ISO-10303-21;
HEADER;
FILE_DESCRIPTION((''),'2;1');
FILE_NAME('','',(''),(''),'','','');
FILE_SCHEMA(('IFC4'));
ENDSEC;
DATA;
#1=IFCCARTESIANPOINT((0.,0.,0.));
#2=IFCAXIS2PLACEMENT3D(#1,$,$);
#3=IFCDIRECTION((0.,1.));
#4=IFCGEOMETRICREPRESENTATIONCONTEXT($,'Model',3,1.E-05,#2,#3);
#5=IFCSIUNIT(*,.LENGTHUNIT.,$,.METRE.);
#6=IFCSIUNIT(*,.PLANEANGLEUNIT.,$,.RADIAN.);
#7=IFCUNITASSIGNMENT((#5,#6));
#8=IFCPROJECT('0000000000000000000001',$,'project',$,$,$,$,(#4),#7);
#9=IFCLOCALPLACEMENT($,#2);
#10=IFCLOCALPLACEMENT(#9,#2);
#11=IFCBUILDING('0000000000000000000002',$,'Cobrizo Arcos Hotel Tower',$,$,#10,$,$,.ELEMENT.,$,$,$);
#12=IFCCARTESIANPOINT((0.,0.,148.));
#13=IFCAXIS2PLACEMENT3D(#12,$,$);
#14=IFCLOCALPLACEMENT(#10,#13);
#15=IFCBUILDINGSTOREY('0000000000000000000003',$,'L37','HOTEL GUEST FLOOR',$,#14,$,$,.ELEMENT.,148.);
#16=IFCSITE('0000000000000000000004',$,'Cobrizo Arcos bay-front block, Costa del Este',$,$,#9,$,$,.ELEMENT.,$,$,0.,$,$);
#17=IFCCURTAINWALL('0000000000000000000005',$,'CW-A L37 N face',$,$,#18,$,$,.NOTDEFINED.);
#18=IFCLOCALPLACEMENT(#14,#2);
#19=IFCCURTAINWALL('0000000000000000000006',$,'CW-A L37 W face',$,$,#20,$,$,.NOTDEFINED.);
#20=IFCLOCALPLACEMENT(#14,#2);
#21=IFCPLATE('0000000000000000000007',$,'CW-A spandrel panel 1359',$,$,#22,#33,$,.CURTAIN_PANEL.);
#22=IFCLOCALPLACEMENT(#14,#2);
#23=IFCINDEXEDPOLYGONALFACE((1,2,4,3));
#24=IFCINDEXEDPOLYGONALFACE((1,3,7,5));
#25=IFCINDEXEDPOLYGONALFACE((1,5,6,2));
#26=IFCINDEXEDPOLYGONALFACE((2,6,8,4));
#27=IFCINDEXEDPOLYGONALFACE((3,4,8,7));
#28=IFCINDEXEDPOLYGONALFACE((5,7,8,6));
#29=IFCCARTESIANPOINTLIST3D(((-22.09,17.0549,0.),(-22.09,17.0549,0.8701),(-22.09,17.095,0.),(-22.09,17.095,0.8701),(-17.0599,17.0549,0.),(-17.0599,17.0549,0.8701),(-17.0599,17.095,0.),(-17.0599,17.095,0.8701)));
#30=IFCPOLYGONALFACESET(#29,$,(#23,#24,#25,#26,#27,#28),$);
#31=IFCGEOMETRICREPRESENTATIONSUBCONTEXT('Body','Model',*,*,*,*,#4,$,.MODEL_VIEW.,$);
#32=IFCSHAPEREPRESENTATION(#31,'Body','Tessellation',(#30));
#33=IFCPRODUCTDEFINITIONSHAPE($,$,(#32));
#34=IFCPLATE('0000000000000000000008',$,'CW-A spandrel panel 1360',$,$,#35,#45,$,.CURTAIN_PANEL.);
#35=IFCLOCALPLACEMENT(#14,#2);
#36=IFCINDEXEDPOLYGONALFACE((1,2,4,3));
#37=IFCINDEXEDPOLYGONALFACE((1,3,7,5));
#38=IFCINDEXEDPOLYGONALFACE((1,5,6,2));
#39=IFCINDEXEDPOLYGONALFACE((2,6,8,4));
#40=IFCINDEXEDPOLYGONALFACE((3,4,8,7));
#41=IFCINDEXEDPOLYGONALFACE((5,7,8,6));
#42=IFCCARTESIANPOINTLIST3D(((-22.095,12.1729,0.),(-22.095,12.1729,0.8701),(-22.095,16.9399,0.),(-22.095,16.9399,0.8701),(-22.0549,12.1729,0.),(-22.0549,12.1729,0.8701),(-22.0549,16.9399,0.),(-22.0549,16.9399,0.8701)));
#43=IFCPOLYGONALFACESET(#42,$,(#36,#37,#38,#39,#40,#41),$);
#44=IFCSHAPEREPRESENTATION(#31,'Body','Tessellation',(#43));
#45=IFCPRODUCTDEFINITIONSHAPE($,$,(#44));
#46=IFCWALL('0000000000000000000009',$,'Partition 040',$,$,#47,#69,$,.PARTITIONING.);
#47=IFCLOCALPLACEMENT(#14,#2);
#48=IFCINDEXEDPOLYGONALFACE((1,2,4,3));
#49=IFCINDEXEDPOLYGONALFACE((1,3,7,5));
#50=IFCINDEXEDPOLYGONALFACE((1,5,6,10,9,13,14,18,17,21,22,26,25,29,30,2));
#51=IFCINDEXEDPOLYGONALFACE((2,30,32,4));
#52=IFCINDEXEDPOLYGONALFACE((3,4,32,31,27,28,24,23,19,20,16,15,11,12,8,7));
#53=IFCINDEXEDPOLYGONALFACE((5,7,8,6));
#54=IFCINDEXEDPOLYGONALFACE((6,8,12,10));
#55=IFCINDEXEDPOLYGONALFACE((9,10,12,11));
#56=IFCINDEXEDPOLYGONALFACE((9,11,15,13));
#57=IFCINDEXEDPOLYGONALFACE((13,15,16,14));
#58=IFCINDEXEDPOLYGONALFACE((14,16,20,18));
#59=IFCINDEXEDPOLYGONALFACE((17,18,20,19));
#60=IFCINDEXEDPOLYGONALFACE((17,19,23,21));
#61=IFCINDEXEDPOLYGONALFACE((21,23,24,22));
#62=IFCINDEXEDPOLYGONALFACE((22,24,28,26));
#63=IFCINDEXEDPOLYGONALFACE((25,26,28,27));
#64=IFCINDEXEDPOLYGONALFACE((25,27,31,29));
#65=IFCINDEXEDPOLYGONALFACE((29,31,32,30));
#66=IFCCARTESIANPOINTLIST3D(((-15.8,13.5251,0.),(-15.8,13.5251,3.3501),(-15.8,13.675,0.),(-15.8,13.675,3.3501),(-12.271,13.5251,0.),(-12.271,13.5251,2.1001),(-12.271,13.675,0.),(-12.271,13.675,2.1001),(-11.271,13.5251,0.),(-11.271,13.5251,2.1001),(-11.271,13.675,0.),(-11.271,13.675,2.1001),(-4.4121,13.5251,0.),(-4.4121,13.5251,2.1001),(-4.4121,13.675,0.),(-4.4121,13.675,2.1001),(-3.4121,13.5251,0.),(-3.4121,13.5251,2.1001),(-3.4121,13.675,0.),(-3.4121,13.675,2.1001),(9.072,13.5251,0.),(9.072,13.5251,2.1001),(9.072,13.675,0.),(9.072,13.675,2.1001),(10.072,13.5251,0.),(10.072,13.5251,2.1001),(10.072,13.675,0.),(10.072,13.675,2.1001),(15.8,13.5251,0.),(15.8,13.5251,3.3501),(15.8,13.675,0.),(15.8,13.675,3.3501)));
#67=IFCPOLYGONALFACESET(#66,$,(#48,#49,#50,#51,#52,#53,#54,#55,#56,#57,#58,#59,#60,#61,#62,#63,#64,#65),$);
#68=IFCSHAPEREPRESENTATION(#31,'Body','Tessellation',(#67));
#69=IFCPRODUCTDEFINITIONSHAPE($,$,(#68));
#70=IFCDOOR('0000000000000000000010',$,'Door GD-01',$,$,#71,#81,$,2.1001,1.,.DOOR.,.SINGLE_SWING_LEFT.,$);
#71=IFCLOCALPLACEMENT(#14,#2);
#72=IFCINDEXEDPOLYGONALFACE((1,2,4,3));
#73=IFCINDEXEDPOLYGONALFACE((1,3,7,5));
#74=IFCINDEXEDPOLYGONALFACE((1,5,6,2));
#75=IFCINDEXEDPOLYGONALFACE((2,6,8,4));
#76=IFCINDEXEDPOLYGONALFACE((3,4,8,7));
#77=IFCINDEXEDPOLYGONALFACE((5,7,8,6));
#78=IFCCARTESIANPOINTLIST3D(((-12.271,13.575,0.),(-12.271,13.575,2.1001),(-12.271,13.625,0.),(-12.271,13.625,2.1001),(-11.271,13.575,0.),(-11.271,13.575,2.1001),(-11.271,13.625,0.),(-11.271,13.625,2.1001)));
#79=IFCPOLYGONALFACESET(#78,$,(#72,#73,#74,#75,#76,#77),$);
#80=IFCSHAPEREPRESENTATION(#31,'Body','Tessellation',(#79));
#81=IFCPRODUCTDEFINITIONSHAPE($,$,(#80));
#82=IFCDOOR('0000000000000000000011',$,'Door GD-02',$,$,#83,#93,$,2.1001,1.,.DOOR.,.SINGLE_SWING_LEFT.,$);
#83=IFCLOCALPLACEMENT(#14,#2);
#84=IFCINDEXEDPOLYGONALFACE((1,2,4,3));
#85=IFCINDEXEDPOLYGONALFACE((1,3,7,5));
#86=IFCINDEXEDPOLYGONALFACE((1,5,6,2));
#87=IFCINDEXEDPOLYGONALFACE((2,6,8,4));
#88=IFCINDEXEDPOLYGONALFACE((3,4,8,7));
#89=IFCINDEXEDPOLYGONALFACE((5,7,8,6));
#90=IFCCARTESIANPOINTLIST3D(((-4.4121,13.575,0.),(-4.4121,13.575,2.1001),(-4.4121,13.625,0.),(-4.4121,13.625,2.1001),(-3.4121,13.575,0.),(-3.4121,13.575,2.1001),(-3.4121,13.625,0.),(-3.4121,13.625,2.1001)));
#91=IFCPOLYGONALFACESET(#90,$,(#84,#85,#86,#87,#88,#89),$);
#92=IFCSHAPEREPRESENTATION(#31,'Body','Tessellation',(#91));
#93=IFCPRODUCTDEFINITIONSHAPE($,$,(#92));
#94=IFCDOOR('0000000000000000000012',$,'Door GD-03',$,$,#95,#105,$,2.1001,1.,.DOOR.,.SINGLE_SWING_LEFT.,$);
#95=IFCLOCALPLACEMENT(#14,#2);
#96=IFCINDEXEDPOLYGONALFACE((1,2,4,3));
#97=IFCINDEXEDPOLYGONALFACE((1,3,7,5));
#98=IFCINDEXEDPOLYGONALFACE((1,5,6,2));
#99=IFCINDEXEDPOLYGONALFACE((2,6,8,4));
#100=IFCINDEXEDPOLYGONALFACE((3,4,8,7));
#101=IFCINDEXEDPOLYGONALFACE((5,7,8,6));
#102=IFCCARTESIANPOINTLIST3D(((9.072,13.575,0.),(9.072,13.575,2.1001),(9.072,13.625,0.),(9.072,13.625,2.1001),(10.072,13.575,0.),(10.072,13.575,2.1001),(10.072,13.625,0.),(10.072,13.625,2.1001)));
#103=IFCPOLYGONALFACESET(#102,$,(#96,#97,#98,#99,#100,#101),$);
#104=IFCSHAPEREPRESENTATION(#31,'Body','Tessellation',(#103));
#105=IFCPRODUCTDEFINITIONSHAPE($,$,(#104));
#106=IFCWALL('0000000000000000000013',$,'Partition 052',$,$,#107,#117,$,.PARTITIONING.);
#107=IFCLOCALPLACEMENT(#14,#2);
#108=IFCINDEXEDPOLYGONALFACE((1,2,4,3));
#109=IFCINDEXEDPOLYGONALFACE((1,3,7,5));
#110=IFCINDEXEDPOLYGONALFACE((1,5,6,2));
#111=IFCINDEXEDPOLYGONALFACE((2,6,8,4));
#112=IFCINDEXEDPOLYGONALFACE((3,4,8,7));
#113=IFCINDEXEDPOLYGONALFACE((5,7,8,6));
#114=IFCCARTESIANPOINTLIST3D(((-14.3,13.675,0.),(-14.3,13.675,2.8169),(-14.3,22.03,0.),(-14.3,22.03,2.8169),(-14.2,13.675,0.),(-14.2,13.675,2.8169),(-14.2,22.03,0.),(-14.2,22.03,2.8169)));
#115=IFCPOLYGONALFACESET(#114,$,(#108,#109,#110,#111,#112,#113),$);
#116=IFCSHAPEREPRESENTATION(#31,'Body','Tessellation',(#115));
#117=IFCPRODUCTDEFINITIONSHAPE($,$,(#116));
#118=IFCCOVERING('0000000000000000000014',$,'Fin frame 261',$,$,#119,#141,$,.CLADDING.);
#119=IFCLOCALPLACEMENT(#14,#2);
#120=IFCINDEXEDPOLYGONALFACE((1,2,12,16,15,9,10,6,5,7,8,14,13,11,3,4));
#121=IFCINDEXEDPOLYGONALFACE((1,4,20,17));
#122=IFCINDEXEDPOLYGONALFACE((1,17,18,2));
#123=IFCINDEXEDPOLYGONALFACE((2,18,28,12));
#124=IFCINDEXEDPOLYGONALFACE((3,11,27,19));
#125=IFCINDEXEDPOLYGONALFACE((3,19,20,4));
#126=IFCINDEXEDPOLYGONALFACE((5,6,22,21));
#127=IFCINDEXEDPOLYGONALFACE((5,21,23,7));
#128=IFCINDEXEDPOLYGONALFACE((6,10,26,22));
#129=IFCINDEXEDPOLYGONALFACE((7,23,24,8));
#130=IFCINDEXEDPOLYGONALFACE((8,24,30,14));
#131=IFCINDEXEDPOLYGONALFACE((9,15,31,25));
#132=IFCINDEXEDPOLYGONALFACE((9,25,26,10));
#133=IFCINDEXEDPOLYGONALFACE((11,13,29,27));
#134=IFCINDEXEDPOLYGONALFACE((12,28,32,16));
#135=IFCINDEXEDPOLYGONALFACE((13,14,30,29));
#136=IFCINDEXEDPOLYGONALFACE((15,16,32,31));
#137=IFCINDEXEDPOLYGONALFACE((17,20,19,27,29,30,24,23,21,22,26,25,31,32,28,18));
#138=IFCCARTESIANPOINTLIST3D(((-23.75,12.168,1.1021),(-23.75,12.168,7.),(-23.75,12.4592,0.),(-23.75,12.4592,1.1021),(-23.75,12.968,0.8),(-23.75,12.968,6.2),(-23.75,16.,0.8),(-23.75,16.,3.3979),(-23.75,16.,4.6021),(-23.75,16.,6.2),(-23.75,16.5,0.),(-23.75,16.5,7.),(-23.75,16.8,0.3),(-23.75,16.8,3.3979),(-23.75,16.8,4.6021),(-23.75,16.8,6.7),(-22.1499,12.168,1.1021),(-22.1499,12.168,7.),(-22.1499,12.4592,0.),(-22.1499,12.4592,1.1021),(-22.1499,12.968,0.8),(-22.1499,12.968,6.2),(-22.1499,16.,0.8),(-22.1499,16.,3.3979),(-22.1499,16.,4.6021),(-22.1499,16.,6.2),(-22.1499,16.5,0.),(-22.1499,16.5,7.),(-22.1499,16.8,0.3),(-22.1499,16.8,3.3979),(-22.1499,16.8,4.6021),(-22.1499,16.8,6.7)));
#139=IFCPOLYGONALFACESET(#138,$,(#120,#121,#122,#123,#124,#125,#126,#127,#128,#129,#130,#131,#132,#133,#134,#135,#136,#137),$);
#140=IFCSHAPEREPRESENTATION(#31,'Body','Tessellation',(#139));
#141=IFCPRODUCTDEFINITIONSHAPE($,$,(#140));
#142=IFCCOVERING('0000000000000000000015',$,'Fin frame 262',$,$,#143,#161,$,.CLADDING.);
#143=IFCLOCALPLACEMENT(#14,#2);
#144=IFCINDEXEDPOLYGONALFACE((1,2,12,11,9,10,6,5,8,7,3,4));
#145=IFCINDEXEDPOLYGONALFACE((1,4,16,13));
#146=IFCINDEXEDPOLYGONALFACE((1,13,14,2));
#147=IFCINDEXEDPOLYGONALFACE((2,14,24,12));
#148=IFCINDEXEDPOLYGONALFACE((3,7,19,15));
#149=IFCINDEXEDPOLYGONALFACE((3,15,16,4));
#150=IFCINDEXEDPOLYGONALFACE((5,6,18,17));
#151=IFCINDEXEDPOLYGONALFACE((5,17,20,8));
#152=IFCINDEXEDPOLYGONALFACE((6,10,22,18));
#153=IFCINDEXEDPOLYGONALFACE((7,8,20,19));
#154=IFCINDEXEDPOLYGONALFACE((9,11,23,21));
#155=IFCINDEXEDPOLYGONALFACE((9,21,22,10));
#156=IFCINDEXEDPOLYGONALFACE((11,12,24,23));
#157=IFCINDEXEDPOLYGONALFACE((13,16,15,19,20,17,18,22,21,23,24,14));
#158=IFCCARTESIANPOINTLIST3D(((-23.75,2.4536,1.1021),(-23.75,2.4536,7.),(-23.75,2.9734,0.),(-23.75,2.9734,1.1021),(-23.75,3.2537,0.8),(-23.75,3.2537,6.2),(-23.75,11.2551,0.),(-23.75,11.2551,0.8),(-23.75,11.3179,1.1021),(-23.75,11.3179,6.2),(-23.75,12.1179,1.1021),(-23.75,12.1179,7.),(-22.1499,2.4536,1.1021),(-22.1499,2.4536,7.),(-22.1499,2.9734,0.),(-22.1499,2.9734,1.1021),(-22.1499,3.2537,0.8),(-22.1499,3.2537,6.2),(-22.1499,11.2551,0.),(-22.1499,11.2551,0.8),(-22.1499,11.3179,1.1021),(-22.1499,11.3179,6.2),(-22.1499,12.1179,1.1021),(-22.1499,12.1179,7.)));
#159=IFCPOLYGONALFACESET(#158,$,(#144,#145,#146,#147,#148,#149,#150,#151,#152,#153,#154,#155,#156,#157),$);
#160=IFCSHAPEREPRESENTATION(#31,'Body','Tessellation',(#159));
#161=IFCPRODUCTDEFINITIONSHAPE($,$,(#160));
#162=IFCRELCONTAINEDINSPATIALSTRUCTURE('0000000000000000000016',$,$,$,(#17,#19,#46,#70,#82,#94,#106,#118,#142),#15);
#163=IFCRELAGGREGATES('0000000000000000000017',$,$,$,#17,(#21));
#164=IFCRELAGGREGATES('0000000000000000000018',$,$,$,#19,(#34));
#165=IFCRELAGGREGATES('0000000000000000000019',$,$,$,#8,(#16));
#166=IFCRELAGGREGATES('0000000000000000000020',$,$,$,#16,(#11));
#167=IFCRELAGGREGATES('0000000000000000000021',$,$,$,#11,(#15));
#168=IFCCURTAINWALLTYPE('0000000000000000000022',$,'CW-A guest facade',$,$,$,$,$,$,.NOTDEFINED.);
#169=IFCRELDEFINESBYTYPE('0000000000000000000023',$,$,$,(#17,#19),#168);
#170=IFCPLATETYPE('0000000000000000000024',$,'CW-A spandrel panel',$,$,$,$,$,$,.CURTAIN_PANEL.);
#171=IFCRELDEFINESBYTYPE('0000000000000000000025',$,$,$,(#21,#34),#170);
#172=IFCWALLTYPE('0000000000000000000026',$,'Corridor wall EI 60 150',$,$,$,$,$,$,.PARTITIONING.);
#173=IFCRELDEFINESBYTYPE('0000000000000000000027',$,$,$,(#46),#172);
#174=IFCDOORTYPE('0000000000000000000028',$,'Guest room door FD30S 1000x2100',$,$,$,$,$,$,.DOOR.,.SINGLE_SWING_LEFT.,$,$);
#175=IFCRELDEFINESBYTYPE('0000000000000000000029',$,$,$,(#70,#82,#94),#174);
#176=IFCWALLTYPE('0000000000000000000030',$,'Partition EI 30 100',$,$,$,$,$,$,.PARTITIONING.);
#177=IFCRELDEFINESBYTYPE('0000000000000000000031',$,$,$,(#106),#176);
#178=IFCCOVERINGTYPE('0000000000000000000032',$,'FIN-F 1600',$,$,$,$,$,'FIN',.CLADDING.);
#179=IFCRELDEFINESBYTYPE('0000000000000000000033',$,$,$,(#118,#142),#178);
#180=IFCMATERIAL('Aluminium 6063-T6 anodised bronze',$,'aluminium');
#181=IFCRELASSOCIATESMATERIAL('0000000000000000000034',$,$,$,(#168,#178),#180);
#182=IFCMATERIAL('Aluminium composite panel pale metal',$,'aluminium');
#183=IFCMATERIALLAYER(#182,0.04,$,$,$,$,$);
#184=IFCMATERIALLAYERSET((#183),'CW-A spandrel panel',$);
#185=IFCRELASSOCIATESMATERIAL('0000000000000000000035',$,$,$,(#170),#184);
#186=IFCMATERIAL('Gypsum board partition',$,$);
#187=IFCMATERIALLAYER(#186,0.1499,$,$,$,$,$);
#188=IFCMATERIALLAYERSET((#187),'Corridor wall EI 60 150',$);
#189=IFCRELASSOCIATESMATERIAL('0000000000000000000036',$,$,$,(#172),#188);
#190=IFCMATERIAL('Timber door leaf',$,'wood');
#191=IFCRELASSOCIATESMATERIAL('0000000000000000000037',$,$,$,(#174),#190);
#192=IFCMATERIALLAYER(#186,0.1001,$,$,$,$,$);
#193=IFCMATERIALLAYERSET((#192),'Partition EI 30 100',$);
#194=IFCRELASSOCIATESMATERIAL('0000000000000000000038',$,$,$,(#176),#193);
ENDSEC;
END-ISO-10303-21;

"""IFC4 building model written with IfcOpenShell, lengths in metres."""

from ifc_helpers import new_model, si_unit, direction, frame, frame_2d, origin, origin_2d, place, context, subcontext, project, spatial, polyline, rectangle, outline, extrude, material, layer, layer_set, type_object, element, fill, aggregate, save


model = new_model("IFC4")

# Units and contexts
model_context = context("Model", 3, precision=1e-05, world=origin(), true_north=direction((0.0, 1.0)))
body_context = subcontext(model_context, "Body", "Model", "MODEL_VIEW")
ifc_project = project(units=[si_unit("LENGTHUNIT", "METRE"), si_unit("PLANEANGLEUNIT", "RADIAN")], contexts=[model_context])

# Site, building, storey
site_placement = place(None, origin())
site = spatial("IfcSite", under=ifc_project, at=site_placement, Name="Cobrizo Arcos bay-front block, Costa del Este", CompositionType="ELEMENT", RefElevation=0.0)
building_placement = place(site_placement, origin())
building = spatial("IfcBuilding", under=site, at=building_placement, Name="Cobrizo Arcos Hotel Tower", CompositionType="ELEMENT")
storey_placement = place(building_placement, frame((0.0, 0.0, 148.0)))
storey = spatial("IfcBuildingStorey", under=building, at=storey_placement, Name="L37", Description="HOTEL GUEST FLOOR", CompositionType="ELEMENT", Elevation=148.0)

# Shared definitions
ifc_material_1 = material(Name="Aluminium 6063-T6 anodised bronze", Category="aluminium")
curtain_wall_type = type_object("IfcCurtainWallType", Name="CW-A guest facade", PredefinedType="NOTDEFINED", material=ifc_material_1)

# Curtain walls
curtain_wall_1_placement = place(storey_placement, origin())
curtain_wall_1 = element("IfcCurtainWall", 1, at=curtain_wall_1_placement, inside=storey, type_object=curtain_wall_type, Name="CW-A L37 N face", PredefinedType="NOTDEFINED")
curtain_wall_2_placement = place(storey_placement, origin())
curtain_wall_2 = element("IfcCurtainWall", 2, at=curtain_wall_2_placement, inside=storey, type_object=curtain_wall_type, Name="CW-A L37 W face", PredefinedType="NOTDEFINED")

# Plates
ifc_material_2 = material(Name="Aluminium composite panel pale metal", Category="aluminium")
ifc_layer_1 = layer(ifc_material_2, 0.04)
ifc_layer_set_1 = layer_set([ifc_layer_1], Name="CW-A spandrel panel")
plate_type = type_object("IfcPlateType", Name="CW-A spandrel panel", PredefinedType="CURTAIN_PANEL", material=ifc_layer_set_1)
plate_1_placement = place(storey_placement, frame((-19.575, 17.075, 0.0), z_axis=(0.0, 0.0, 1.0), x_axis=(-1.0, 0.0, 0.0)))
plate_1 = element("IfcPlate", 3, at=plate_1_placement, type_object=plate_type, Name="CW-A spandrel panel 1359", PredefinedType="CURTAIN_PANEL", context=body_context, shape_type="SweptSolid", body=[
    extrude(rectangle(XDim=5.03, YDim=0.04, at=origin_2d()), origin(), (0.0, 0.0, 1.0), 0.8701),
])
aggregate(curtain_wall_1, [plate_1])
plate_2_placement = place(storey_placement, frame((-22.075, 14.5564, 0.0), z_axis=(0.0, 0.0, 1.0), x_axis=(0.0, -1.0, 0.0)))
plate_2 = element("IfcPlate", 4, at=plate_2_placement, type_object=plate_type, Name="CW-A spandrel panel 1360", PredefinedType="CURTAIN_PANEL", context=body_context, shape_type="SweptSolid", body=[
    extrude(rectangle(XDim=4.7671, YDim=0.04, at=origin_2d()), origin(), (0.0, 0.0, 1.0), 0.8701),
])
aggregate(curtain_wall_2, [plate_2])

# Wall, openings, doors
ifc_material_3 = material(Name="Gypsum board partition")
ifc_layer_2 = layer(ifc_material_3, 0.1499)
ifc_layer_set_2 = layer_set([ifc_layer_2], Name="Corridor wall EI 60 150")
wall_type_1 = type_object("IfcWallType", Name="Corridor wall EI 60 150", PredefinedType="PARTITIONING", material=ifc_layer_set_2)
wall_1_placement = place(storey_placement, frame((-15.8, 13.6001, 0.0), z_axis=(0.0, 0.0, 1.0), x_axis=(1.0, 0.0, 0.0)))
wall_1 = element("IfcWall", 5, at=wall_1_placement, inside=storey, type_object=wall_type_1, Name="Partition 040", PredefinedType="PARTITIONING", context=body_context, shape_type="SweptSolid", body=[
    extrude(rectangle(XDim=31.6001, YDim=0.1499, at=frame_2d((15.8, 0.0))), origin(), (0.0, 0.0, 1.0), 3.3501),
])
opening_1_placement = place(wall_1_placement, frame((3.5291, 0.0, 0.0)))
opening_1 = element("IfcOpeningElement", 6, at=opening_1_placement, cuts=wall_1, PredefinedType="OPENING", context=body_context, shape_type="SweptSolid", body=[
    extrude(rectangle(XDim=1.0, YDim=2.1001, at=frame_2d((0.5, 1.05))), frame((0.0, 0.0869, 0.0), z_axis=(0.0, -1.0, 0.0), x_axis=(1.0, 0.0, 0.0)), (0.0, 0.0, 1.0), 0.1738),
])
opening_2_placement = place(wall_1_placement, frame((11.3879, 0.0, 0.0)))
opening_2 = element("IfcOpeningElement", 7, at=opening_2_placement, cuts=wall_1, PredefinedType="OPENING", context=body_context, shape_type="SweptSolid", body=[
    extrude(rectangle(XDim=1.0, YDim=2.1001, at=frame_2d((0.5, 1.05))), frame((0.0, 0.0869, 0.0), z_axis=(0.0, -1.0, 0.0), x_axis=(1.0, 0.0, 0.0)), (0.0, 0.0, 1.0), 0.1738),
])
opening_3_placement = place(wall_1_placement, frame((24.8721, 0.0, 0.0)))
opening_3 = element("IfcOpeningElement", 8, at=opening_3_placement, cuts=wall_1, PredefinedType="OPENING", context=body_context, shape_type="SweptSolid", body=[
    extrude(rectangle(XDim=1.0, YDim=2.1001, at=frame_2d((0.5, 1.05))), frame((0.0, 0.0869, 0.0), z_axis=(0.0, -1.0, 0.0), x_axis=(1.0, 0.0, 0.0)), (0.0, 0.0, 1.0), 0.1738),
])
ifc_material_4 = material(Name="Timber door leaf", Category="wood")
door_type = type_object("IfcDoorType", Name="Guest room door FD30S 1000x2100", OperationType="SINGLE_SWING_LEFT", PredefinedType="DOOR", material=ifc_material_4)
door_1_placement = place(opening_1_placement, origin())
door_1 = element("IfcDoor", 9, at=door_1_placement, inside=storey, type_object=door_type, Name="Door GD-01", OperationType="SINGLE_SWING_LEFT", OverallHeight=2.1001, OverallWidth=1.0, PredefinedType="DOOR", context=body_context, shape_type="SweptSolid", body=[
    extrude(rectangle(XDim=1.0, YDim=2.1001, at=frame_2d((0.5, 1.05))), frame((0.0, 0.0249, 0.0), z_axis=(0.0, -1.0, 0.0), x_axis=(1.0, 0.0, 0.0)), (0.0, 0.0, 1.0), 0.05),
])
fill(opening_1, door_1)
door_2_placement = place(opening_2_placement, origin())
door_2 = element("IfcDoor", 10, at=door_2_placement, inside=storey, type_object=door_type, Name="Door GD-02", OperationType="SINGLE_SWING_LEFT", OverallHeight=2.1001, OverallWidth=1.0, PredefinedType="DOOR", context=body_context, shape_type="SweptSolid", body=[
    extrude(rectangle(XDim=1.0, YDim=2.1001, at=frame_2d((0.5, 1.05))), frame((0.0, 0.0249, 0.0), z_axis=(0.0, -1.0, 0.0), x_axis=(1.0, 0.0, 0.0)), (0.0, 0.0, 1.0), 0.05),
])
fill(opening_2, door_2)
door_3_placement = place(opening_3_placement, origin())
door_3 = element("IfcDoor", 11, at=door_3_placement, inside=storey, type_object=door_type, Name="Door GD-03", OperationType="SINGLE_SWING_LEFT", OverallHeight=2.1001, OverallWidth=1.0, PredefinedType="DOOR", context=body_context, shape_type="SweptSolid", body=[
    extrude(rectangle(XDim=1.0, YDim=2.1001, at=frame_2d((0.5, 1.05))), frame((0.0, 0.0249, 0.0), z_axis=(0.0, -1.0, 0.0), x_axis=(1.0, 0.0, 0.0)), (0.0, 0.0, 1.0), 0.05),
])
fill(opening_3, door_3)

# Wall
ifc_layer_3 = layer(ifc_material_3, 0.1001)
ifc_layer_set_3 = layer_set([ifc_layer_3], Name="Partition EI 30 100")
wall_type_2 = type_object("IfcWallType", Name="Partition EI 30 100", PredefinedType="PARTITIONING", material=ifc_layer_set_3)
wall_2_placement = place(storey_placement, frame((-14.25, 13.675, 0.0), z_axis=(0.0, 0.0, 1.0), x_axis=(0.0, 1.0, 0.0)))
element("IfcWall", 12, at=wall_2_placement, inside=storey, type_object=wall_type_2, Name="Partition 052", PredefinedType="PARTITIONING", context=body_context, shape_type="SweptSolid", body=[
    extrude(rectangle(XDim=8.355, YDim=0.1001, at=frame_2d((4.1775, 0.0))), origin(), (0.0, 0.0, 1.0), 2.8169),
])

# Coverings
covering_type = type_object("IfcCoveringType", Name="FIN-F 1600", ElementType="FIN", PredefinedType="CLADDING", material=ifc_material_1)
covering_1_placement = place(storey_placement, frame((-22.1499, 16.8, 0.0), z_axis=(-1.0, 0.0, 0.0), x_axis=(0.0, -1.0, 0.0)))
element("IfcCovering", 13, at=covering_1_placement, inside=storey, type_object=covering_type, Name="Fin frame 261", PredefinedType="CLADDING", context=body_context, shape_type="SweptSolid", body=[
    extrude(outline(polyline([(0.3, 0.0), (4.3408, 0.0), (4.3408, 1.1021), (4.6321, 1.1021), (4.6321, 7.0), (0.3, 7.0), (0.0, 6.7), (0.0, 4.6021), (0.8, 4.6021), (0.8, 6.2), (3.832, 6.2), (3.832, 0.8), (0.8, 0.8), (0.8, 3.3979), (0.0, 3.3979), (0.0, 0.3), (0.3, 0.0)])), origin(), (0.0, 0.0, 1.0), 1.6001),
])
covering_2_placement = place(storey_placement, frame((-22.1499, 12.1179, 0.0), z_axis=(-1.0, 0.0, 0.0), x_axis=(0.0, -1.0, 0.0)))
element("IfcCovering", 14, at=covering_2_placement, inside=storey, type_object=covering_type, Name="Fin frame 262", PredefinedType="CLADDING", context=body_context, shape_type="SweptSolid", body=[
    extrude(outline(polyline([(0.8628, 0.0), (9.1445, 0.0), (9.1445, 1.1021), (9.6643, 1.1021), (9.6643, 7.0), (0.0, 7.0), (0.0, 1.1021), (0.8, 1.1021), (0.8, 6.2), (8.8643, 6.2), (8.8643, 0.8), (0.8628, 0.8), (0.8628, 0.0)])), origin(), (0.0, 0.0, 1.0), 1.6001),
])

save(model, "model.ifc")
